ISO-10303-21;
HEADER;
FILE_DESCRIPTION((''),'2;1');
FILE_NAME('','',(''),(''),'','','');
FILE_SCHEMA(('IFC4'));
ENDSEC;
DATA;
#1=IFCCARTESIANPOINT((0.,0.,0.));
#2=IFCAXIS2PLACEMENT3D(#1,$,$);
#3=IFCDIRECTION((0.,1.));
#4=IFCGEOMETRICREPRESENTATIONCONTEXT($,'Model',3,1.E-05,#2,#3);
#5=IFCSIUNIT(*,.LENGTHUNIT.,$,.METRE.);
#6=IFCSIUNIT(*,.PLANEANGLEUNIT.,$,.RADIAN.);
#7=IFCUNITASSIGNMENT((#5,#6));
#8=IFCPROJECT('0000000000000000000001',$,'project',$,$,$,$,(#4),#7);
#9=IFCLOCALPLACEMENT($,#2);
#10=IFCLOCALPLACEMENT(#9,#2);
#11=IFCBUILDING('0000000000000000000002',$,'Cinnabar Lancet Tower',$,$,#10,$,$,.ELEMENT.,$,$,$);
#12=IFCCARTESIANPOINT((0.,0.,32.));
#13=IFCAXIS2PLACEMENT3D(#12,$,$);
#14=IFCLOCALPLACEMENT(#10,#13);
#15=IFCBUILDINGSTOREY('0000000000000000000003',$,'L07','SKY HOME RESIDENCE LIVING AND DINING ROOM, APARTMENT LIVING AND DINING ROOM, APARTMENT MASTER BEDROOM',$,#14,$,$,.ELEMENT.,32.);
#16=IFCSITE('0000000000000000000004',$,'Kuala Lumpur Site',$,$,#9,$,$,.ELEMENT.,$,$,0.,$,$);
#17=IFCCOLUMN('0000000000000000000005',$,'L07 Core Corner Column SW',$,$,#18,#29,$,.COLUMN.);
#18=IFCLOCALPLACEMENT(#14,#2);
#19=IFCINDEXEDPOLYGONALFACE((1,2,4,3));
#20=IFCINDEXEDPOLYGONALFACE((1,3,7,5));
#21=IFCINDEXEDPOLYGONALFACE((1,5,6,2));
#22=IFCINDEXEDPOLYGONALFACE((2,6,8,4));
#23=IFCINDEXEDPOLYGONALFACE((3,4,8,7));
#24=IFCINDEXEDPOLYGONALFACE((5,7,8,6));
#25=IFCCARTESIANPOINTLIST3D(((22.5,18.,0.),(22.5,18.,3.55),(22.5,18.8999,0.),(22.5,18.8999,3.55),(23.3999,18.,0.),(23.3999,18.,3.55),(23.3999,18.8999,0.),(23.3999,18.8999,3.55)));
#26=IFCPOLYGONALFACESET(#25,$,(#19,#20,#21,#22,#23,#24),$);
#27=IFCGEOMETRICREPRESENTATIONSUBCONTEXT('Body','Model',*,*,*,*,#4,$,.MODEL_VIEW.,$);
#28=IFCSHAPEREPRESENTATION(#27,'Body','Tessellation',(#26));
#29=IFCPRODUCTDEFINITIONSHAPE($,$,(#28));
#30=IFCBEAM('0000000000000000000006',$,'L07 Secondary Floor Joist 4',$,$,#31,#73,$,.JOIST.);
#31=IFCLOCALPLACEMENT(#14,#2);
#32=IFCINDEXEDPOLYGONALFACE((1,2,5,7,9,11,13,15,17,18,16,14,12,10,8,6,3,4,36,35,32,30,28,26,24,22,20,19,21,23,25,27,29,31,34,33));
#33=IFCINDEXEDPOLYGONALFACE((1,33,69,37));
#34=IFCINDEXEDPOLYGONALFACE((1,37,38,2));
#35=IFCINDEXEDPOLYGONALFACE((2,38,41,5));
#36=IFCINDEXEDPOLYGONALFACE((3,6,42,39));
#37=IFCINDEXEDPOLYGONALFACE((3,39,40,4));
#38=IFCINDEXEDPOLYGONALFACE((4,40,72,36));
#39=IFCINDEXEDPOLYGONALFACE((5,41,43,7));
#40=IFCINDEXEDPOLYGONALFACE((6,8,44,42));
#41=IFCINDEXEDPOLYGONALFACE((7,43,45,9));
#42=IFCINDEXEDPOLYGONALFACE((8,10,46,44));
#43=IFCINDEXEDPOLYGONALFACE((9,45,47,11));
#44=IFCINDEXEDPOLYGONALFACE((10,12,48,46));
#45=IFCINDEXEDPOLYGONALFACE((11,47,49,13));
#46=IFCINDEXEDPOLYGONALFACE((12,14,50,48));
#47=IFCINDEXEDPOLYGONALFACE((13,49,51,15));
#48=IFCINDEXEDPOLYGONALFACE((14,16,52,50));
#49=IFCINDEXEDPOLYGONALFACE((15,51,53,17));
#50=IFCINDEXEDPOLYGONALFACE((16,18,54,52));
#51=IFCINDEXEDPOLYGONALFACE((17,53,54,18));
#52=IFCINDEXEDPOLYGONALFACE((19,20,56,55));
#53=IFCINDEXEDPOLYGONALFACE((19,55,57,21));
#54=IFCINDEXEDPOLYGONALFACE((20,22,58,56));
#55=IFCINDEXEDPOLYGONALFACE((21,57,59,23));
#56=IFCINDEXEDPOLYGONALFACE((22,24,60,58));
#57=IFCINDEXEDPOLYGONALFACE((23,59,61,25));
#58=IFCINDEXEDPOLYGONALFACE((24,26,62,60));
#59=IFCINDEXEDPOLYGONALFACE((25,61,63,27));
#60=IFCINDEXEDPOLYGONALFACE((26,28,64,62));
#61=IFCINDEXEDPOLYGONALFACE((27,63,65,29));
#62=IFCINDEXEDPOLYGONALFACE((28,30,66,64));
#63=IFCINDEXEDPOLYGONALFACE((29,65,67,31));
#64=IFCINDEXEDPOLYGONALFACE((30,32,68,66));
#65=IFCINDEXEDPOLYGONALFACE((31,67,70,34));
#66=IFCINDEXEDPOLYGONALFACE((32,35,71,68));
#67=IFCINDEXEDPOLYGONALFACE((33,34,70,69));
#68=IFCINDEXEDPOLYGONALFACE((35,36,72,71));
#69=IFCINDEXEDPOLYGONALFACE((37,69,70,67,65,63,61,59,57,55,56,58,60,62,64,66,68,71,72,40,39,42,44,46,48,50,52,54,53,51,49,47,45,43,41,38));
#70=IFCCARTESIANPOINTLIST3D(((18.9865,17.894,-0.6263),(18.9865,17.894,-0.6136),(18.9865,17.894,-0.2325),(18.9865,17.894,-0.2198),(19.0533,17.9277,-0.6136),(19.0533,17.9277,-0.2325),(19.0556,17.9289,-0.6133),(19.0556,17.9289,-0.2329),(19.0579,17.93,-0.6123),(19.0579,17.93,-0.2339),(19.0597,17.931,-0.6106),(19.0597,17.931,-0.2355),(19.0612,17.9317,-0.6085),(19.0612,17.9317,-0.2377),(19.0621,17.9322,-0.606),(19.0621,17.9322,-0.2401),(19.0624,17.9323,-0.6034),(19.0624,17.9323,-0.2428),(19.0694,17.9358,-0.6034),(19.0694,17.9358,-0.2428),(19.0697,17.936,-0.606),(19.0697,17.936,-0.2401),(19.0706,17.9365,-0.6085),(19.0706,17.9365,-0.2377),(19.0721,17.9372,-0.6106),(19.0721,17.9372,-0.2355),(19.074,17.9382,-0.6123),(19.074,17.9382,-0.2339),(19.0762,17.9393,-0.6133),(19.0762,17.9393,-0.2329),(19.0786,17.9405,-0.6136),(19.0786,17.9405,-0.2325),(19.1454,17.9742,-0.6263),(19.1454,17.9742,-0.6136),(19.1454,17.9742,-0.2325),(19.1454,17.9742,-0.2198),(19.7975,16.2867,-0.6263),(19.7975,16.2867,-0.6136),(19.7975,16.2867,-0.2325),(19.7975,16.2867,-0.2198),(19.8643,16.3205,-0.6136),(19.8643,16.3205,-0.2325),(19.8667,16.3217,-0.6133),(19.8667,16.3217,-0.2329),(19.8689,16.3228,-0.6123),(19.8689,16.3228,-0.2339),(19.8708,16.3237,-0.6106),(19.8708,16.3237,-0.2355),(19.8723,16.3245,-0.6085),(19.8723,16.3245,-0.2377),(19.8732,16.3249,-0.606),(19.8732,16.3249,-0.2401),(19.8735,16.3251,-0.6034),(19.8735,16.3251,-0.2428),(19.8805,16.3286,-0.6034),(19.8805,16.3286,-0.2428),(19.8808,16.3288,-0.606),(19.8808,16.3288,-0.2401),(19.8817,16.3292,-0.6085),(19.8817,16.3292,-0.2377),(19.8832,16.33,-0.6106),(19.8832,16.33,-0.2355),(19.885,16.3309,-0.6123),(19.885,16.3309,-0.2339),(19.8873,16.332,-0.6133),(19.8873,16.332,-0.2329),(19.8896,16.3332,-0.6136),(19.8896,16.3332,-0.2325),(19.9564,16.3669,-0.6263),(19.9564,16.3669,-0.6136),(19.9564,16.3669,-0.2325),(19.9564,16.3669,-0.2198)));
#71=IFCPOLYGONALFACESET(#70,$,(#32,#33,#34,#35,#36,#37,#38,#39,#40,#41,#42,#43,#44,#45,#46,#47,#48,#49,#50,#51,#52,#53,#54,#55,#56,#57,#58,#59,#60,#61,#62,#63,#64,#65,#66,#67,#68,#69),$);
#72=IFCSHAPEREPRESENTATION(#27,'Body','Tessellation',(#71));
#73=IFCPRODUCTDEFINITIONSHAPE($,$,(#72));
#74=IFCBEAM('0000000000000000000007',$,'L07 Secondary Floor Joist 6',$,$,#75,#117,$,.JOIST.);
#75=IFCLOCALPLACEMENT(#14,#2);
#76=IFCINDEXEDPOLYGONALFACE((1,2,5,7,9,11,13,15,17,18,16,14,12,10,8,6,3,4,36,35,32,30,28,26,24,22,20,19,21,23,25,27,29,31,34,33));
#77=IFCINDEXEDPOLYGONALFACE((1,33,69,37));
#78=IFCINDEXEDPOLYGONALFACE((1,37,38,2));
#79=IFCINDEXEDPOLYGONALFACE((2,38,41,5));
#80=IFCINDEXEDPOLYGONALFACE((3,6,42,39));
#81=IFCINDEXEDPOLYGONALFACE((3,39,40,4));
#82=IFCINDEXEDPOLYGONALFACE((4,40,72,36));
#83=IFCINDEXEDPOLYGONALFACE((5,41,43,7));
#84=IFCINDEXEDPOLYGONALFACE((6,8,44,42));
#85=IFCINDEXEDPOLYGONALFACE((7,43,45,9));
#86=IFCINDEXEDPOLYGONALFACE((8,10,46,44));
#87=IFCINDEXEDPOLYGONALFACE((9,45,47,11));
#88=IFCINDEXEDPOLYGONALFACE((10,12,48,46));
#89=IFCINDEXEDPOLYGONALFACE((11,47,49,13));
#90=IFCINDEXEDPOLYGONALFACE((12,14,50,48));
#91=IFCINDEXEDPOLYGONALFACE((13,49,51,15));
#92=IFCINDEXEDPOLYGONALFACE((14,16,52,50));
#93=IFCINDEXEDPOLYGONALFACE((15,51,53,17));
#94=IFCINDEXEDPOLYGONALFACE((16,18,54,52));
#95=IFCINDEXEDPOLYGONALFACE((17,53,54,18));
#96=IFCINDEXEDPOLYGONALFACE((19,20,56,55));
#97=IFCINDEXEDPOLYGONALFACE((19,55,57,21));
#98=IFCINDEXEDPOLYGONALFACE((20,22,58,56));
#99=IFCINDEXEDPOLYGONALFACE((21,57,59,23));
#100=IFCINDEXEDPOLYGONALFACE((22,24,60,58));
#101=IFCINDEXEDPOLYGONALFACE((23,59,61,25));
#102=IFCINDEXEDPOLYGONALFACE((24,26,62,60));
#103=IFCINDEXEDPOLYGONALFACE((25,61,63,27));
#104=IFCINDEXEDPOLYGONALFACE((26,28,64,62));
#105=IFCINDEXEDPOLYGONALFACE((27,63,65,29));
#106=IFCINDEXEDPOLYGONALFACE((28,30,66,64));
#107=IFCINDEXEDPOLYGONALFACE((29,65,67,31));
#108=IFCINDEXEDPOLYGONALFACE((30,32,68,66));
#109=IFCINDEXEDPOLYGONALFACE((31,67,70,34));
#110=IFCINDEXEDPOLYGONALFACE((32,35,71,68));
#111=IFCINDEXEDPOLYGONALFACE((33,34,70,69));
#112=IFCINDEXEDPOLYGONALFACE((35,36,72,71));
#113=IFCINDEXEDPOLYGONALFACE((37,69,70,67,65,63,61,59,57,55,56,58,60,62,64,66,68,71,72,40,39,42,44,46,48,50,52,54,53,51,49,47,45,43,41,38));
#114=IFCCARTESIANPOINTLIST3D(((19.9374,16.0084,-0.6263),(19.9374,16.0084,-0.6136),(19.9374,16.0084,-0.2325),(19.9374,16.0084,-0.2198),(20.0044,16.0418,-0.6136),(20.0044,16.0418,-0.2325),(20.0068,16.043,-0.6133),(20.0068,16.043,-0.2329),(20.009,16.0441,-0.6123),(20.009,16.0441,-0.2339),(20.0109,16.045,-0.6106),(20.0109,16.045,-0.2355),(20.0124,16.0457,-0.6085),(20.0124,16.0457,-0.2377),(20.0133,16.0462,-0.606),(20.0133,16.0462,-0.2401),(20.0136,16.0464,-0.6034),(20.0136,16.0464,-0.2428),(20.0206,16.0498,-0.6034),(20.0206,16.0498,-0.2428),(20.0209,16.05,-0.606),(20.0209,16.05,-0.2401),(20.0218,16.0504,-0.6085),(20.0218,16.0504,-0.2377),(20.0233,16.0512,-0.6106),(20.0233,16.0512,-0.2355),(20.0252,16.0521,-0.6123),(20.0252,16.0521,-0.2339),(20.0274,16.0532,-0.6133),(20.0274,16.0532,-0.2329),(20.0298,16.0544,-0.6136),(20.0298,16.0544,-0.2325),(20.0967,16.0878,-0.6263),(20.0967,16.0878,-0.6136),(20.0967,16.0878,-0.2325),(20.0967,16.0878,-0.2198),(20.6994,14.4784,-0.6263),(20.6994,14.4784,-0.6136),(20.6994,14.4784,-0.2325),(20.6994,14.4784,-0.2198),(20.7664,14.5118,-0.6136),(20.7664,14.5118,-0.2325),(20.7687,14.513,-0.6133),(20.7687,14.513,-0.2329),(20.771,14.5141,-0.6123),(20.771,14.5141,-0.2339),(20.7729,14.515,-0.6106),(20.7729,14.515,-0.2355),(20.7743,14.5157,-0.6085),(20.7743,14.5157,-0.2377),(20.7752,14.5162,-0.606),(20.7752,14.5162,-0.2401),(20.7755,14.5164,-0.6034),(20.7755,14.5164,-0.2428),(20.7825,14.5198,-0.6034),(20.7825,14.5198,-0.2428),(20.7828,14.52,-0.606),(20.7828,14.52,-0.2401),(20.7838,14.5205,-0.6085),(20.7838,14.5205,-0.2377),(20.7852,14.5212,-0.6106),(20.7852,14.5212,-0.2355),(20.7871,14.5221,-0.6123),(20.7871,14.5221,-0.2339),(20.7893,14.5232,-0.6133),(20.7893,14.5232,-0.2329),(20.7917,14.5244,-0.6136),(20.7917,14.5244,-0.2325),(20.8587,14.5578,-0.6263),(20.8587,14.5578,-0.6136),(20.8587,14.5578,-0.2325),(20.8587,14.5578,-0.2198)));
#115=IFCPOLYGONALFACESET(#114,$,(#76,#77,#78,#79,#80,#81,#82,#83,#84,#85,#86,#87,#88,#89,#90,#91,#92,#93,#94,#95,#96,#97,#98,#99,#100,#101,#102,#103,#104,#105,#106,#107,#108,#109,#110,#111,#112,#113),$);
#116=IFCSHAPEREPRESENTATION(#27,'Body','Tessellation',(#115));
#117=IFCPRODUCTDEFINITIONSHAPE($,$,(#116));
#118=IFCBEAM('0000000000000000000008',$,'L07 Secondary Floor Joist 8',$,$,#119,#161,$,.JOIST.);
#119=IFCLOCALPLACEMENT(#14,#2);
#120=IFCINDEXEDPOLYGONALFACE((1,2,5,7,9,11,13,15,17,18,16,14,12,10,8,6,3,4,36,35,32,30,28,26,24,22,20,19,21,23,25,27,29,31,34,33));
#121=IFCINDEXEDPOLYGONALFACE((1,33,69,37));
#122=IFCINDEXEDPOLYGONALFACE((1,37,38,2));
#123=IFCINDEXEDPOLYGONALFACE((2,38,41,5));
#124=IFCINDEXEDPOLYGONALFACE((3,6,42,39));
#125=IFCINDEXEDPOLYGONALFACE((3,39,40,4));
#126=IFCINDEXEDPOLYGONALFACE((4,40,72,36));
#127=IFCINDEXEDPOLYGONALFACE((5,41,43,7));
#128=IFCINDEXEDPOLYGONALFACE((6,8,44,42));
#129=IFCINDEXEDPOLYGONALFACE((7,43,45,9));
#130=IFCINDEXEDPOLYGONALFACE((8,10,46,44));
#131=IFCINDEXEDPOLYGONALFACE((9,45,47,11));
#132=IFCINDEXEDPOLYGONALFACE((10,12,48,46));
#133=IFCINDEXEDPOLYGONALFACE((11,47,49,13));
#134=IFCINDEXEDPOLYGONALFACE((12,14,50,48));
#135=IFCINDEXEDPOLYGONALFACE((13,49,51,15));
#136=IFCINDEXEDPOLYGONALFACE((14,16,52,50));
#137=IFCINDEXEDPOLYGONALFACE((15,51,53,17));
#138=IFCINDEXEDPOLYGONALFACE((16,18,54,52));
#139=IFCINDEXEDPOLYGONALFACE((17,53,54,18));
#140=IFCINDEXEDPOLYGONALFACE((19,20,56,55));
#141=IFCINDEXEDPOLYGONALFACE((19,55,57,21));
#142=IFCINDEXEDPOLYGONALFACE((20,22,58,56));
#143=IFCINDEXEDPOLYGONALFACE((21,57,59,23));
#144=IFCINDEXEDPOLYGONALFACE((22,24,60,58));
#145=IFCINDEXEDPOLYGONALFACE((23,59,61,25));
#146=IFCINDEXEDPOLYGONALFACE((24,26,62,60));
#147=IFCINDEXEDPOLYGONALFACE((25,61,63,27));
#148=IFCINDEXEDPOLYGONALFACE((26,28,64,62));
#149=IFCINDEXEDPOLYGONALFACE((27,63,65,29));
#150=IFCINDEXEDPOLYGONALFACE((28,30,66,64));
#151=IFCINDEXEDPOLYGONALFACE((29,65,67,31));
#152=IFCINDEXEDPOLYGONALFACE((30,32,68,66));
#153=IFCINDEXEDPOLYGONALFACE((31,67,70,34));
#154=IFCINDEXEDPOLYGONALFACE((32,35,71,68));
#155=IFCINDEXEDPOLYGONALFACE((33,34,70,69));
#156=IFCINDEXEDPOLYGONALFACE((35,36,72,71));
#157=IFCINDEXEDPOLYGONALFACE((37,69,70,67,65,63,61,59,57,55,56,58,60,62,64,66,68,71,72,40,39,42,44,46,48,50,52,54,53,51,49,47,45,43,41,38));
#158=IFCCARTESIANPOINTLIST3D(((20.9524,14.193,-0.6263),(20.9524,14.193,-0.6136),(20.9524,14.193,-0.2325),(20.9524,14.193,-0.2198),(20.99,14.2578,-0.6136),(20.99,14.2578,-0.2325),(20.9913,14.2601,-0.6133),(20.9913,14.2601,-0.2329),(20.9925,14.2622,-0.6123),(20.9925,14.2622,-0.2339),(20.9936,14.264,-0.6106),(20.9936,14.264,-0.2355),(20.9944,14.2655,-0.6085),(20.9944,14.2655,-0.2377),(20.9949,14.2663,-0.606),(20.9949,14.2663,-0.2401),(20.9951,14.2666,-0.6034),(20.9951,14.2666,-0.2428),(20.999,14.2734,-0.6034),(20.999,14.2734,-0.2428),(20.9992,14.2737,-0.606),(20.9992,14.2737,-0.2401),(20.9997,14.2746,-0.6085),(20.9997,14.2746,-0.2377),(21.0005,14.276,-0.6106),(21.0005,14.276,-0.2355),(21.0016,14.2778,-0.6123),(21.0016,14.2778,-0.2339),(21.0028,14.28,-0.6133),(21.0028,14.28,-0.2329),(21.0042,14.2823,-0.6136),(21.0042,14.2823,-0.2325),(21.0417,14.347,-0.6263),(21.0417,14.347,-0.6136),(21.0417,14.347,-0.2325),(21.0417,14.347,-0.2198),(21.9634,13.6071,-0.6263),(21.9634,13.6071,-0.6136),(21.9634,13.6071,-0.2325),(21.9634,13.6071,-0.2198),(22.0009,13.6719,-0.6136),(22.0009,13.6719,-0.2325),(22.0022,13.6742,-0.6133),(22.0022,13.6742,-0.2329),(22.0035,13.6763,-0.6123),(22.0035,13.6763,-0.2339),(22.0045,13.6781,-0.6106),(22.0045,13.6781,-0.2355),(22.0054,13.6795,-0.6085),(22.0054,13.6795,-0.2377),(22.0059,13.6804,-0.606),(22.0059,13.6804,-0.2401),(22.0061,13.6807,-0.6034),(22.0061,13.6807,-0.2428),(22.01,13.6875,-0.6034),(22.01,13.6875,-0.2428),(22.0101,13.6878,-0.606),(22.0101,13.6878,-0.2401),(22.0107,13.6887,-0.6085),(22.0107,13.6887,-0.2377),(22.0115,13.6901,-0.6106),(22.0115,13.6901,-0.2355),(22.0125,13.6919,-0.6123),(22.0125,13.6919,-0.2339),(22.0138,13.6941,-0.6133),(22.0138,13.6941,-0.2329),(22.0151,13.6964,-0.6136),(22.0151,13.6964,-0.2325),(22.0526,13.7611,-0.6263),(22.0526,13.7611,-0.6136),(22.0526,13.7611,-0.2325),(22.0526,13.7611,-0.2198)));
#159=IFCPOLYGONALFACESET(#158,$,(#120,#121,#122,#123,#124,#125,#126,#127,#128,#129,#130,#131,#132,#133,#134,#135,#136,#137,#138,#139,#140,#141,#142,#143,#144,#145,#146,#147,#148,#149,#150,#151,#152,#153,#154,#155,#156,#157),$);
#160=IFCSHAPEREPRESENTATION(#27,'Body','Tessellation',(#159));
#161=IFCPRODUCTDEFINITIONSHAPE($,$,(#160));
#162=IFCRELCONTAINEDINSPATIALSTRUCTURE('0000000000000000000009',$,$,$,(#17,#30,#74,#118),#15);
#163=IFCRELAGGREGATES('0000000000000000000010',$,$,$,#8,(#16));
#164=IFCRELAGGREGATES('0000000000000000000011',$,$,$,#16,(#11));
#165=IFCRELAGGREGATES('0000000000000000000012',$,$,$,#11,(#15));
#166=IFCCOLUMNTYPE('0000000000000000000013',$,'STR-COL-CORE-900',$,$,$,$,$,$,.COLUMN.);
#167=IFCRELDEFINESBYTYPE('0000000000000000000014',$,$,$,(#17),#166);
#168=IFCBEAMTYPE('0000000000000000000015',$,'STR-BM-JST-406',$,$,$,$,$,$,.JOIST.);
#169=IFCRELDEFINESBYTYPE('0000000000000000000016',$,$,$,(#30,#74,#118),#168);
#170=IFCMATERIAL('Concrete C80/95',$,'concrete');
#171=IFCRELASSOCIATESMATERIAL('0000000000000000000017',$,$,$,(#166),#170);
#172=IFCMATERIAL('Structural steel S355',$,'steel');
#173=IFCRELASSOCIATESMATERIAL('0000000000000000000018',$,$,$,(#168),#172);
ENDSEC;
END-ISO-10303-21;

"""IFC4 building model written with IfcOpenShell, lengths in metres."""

from ifc_helpers import new_model, si_unit, direction, frame, origin, origin_2d, place, context, subcontext, project, spatial, rectangle, i_section, extrude, material, material_profile, profile_set, type_object, element, save


model = new_model("IFC4")

# Units and contexts
model_context = context("Model", 3, precision=1e-05, world=origin(), true_north=direction((0.0, 1.0)))
body_context = subcontext(model_context, "Body", "Model", "MODEL_VIEW")
ifc_project = project(units=[si_unit("LENGTHUNIT", "METRE"), si_unit("PLANEANGLEUNIT", "RADIAN")], contexts=[model_context])

# Site, building, storey
site_placement = place(None, origin())
site = spatial("IfcSite", under=ifc_project, at=site_placement, Name="Kuala Lumpur Site", CompositionType="ELEMENT", RefElevation=0.0)
building_placement = place(site_placement, origin())
building = spatial("IfcBuilding", under=site, at=building_placement, Name="Cinnabar Lancet Tower", CompositionType="ELEMENT")
storey_placement = place(building_placement, frame((0.0, 0.0, 32.0)))
storey = spatial("IfcBuildingStorey", under=building, at=storey_placement, Name="L07", Description="SKY HOME RESIDENCE LIVING AND DINING ROOM, APARTMENT LIVING AND DINING ROOM, APARTMENT MASTER BEDROOM", CompositionType="ELEMENT", Elevation=32.0)

# Column
ifc_material_1 = material(Name="Concrete C80/95", Category="concrete")
ifc_material_profile_1 = material_profile(ifc_material_1, rectangle(XDim=0.8999, YDim=0.8999, at=origin_2d()), Name="RC-COL 900x900")
ifc_profile_set_1 = profile_set([ifc_material_profile_1], Name="Concrete C80/95")
column_type = type_object("IfcColumnType", Name="STR-COL-CORE-900", PredefinedType="COLUMN", material=ifc_profile_set_1)
column_placement = place(storey_placement, frame((22.95, 18.45, 0.0), z_axis=(0.0, 0.0, 1.0), x_axis=(1.0, 0.0, 0.0)))
element("IfcColumn", 1, at=column_placement, inside=storey, type_object=column_type, Name="L07 Core Corner Column SW", PredefinedType="COLUMN", context=body_context, shape_type="SweptSolid", body=[
    extrude(rectangle(XDim=0.8999, YDim=0.8999, at=origin_2d()), origin(), (0.0, 0.0, 1.0), 3.55),
])

# Beams
ifc_material_2 = material(Name="Structural steel S355", Category="steel")
ifc_material_profile_2 = material_profile(ifc_material_2, i_section(OverallWidth=0.178, OverallDepth=0.4065, WebThickness=0.0078, FlangeThickness=0.0127, FilletRadius=0.0103, at=origin_2d()), Name="UKB 406x178x60")
ifc_profile_set_2 = profile_set([ifc_material_profile_2], Name="Structural steel S355")
beam_type = type_object("IfcBeamType", Name="STR-BM-JST-406", PredefinedType="JOIST", material=ifc_profile_set_2)
beam_1_placement = place(storey_placement, frame((19.0659, 17.9341, -0.4231), z_axis=(0.45052, -0.892767, 0.0), x_axis=(0.892767, 0.45052, 0.0)))
element("IfcBeam", 2, at=beam_1_placement, inside=storey, type_object=beam_type, Name="L07 Secondary Floor Joist 4", PredefinedType="JOIST", context=body_context, shape_type="SweptSolid", body=[
    extrude(i_section(OverallWidth=0.178, OverallDepth=0.4065, WebThickness=0.0078, FlangeThickness=0.0127, FilletRadius=0.0103, at=origin_2d()), origin(), (0.0, 0.0, 1.0), 1.8003),
])
beam_2_placement = place(storey_placement, frame((20.0171, 16.0481, -0.4231), z_axis=(0.445785, -0.89514, 0.0), x_axis=(0.89514, 0.445785, 0.0)))
element("IfcBeam", 3, at=beam_2_placement, inside=storey, type_object=beam_type, Name="L07 Secondary Floor Joist 6", PredefinedType="JOIST", context=body_context, shape_type="SweptSolid", body=[
    extrude(i_section(OverallWidth=0.178, OverallDepth=0.4065, WebThickness=0.0078, FlangeThickness=0.0127, FilletRadius=0.0103, at=origin_2d()), origin(), (0.0, 0.0, 1.0), 1.7092),
])
beam_3_placement = place(storey_placement, frame((20.9971, 14.27, -0.4231), z_axis=(0.865193, -0.50144, 0.0), x_axis=(0.50144, 0.865193, 0.0)))
element("IfcBeam", 4, at=beam_3_placement, inside=storey, type_object=beam_type, Name="L07 Secondary Floor Joist 8", PredefinedType="JOIST", context=body_context, shape_type="SweptSolid", body=[
    extrude(i_section(OverallWidth=0.178, OverallDepth=0.4065, WebThickness=0.0078, FlangeThickness=0.0127, FilletRadius=0.0103, at=origin_2d()), origin(), (0.0, 0.0, 1.0), 1.1685),
])

save(model, "model.ifc")
